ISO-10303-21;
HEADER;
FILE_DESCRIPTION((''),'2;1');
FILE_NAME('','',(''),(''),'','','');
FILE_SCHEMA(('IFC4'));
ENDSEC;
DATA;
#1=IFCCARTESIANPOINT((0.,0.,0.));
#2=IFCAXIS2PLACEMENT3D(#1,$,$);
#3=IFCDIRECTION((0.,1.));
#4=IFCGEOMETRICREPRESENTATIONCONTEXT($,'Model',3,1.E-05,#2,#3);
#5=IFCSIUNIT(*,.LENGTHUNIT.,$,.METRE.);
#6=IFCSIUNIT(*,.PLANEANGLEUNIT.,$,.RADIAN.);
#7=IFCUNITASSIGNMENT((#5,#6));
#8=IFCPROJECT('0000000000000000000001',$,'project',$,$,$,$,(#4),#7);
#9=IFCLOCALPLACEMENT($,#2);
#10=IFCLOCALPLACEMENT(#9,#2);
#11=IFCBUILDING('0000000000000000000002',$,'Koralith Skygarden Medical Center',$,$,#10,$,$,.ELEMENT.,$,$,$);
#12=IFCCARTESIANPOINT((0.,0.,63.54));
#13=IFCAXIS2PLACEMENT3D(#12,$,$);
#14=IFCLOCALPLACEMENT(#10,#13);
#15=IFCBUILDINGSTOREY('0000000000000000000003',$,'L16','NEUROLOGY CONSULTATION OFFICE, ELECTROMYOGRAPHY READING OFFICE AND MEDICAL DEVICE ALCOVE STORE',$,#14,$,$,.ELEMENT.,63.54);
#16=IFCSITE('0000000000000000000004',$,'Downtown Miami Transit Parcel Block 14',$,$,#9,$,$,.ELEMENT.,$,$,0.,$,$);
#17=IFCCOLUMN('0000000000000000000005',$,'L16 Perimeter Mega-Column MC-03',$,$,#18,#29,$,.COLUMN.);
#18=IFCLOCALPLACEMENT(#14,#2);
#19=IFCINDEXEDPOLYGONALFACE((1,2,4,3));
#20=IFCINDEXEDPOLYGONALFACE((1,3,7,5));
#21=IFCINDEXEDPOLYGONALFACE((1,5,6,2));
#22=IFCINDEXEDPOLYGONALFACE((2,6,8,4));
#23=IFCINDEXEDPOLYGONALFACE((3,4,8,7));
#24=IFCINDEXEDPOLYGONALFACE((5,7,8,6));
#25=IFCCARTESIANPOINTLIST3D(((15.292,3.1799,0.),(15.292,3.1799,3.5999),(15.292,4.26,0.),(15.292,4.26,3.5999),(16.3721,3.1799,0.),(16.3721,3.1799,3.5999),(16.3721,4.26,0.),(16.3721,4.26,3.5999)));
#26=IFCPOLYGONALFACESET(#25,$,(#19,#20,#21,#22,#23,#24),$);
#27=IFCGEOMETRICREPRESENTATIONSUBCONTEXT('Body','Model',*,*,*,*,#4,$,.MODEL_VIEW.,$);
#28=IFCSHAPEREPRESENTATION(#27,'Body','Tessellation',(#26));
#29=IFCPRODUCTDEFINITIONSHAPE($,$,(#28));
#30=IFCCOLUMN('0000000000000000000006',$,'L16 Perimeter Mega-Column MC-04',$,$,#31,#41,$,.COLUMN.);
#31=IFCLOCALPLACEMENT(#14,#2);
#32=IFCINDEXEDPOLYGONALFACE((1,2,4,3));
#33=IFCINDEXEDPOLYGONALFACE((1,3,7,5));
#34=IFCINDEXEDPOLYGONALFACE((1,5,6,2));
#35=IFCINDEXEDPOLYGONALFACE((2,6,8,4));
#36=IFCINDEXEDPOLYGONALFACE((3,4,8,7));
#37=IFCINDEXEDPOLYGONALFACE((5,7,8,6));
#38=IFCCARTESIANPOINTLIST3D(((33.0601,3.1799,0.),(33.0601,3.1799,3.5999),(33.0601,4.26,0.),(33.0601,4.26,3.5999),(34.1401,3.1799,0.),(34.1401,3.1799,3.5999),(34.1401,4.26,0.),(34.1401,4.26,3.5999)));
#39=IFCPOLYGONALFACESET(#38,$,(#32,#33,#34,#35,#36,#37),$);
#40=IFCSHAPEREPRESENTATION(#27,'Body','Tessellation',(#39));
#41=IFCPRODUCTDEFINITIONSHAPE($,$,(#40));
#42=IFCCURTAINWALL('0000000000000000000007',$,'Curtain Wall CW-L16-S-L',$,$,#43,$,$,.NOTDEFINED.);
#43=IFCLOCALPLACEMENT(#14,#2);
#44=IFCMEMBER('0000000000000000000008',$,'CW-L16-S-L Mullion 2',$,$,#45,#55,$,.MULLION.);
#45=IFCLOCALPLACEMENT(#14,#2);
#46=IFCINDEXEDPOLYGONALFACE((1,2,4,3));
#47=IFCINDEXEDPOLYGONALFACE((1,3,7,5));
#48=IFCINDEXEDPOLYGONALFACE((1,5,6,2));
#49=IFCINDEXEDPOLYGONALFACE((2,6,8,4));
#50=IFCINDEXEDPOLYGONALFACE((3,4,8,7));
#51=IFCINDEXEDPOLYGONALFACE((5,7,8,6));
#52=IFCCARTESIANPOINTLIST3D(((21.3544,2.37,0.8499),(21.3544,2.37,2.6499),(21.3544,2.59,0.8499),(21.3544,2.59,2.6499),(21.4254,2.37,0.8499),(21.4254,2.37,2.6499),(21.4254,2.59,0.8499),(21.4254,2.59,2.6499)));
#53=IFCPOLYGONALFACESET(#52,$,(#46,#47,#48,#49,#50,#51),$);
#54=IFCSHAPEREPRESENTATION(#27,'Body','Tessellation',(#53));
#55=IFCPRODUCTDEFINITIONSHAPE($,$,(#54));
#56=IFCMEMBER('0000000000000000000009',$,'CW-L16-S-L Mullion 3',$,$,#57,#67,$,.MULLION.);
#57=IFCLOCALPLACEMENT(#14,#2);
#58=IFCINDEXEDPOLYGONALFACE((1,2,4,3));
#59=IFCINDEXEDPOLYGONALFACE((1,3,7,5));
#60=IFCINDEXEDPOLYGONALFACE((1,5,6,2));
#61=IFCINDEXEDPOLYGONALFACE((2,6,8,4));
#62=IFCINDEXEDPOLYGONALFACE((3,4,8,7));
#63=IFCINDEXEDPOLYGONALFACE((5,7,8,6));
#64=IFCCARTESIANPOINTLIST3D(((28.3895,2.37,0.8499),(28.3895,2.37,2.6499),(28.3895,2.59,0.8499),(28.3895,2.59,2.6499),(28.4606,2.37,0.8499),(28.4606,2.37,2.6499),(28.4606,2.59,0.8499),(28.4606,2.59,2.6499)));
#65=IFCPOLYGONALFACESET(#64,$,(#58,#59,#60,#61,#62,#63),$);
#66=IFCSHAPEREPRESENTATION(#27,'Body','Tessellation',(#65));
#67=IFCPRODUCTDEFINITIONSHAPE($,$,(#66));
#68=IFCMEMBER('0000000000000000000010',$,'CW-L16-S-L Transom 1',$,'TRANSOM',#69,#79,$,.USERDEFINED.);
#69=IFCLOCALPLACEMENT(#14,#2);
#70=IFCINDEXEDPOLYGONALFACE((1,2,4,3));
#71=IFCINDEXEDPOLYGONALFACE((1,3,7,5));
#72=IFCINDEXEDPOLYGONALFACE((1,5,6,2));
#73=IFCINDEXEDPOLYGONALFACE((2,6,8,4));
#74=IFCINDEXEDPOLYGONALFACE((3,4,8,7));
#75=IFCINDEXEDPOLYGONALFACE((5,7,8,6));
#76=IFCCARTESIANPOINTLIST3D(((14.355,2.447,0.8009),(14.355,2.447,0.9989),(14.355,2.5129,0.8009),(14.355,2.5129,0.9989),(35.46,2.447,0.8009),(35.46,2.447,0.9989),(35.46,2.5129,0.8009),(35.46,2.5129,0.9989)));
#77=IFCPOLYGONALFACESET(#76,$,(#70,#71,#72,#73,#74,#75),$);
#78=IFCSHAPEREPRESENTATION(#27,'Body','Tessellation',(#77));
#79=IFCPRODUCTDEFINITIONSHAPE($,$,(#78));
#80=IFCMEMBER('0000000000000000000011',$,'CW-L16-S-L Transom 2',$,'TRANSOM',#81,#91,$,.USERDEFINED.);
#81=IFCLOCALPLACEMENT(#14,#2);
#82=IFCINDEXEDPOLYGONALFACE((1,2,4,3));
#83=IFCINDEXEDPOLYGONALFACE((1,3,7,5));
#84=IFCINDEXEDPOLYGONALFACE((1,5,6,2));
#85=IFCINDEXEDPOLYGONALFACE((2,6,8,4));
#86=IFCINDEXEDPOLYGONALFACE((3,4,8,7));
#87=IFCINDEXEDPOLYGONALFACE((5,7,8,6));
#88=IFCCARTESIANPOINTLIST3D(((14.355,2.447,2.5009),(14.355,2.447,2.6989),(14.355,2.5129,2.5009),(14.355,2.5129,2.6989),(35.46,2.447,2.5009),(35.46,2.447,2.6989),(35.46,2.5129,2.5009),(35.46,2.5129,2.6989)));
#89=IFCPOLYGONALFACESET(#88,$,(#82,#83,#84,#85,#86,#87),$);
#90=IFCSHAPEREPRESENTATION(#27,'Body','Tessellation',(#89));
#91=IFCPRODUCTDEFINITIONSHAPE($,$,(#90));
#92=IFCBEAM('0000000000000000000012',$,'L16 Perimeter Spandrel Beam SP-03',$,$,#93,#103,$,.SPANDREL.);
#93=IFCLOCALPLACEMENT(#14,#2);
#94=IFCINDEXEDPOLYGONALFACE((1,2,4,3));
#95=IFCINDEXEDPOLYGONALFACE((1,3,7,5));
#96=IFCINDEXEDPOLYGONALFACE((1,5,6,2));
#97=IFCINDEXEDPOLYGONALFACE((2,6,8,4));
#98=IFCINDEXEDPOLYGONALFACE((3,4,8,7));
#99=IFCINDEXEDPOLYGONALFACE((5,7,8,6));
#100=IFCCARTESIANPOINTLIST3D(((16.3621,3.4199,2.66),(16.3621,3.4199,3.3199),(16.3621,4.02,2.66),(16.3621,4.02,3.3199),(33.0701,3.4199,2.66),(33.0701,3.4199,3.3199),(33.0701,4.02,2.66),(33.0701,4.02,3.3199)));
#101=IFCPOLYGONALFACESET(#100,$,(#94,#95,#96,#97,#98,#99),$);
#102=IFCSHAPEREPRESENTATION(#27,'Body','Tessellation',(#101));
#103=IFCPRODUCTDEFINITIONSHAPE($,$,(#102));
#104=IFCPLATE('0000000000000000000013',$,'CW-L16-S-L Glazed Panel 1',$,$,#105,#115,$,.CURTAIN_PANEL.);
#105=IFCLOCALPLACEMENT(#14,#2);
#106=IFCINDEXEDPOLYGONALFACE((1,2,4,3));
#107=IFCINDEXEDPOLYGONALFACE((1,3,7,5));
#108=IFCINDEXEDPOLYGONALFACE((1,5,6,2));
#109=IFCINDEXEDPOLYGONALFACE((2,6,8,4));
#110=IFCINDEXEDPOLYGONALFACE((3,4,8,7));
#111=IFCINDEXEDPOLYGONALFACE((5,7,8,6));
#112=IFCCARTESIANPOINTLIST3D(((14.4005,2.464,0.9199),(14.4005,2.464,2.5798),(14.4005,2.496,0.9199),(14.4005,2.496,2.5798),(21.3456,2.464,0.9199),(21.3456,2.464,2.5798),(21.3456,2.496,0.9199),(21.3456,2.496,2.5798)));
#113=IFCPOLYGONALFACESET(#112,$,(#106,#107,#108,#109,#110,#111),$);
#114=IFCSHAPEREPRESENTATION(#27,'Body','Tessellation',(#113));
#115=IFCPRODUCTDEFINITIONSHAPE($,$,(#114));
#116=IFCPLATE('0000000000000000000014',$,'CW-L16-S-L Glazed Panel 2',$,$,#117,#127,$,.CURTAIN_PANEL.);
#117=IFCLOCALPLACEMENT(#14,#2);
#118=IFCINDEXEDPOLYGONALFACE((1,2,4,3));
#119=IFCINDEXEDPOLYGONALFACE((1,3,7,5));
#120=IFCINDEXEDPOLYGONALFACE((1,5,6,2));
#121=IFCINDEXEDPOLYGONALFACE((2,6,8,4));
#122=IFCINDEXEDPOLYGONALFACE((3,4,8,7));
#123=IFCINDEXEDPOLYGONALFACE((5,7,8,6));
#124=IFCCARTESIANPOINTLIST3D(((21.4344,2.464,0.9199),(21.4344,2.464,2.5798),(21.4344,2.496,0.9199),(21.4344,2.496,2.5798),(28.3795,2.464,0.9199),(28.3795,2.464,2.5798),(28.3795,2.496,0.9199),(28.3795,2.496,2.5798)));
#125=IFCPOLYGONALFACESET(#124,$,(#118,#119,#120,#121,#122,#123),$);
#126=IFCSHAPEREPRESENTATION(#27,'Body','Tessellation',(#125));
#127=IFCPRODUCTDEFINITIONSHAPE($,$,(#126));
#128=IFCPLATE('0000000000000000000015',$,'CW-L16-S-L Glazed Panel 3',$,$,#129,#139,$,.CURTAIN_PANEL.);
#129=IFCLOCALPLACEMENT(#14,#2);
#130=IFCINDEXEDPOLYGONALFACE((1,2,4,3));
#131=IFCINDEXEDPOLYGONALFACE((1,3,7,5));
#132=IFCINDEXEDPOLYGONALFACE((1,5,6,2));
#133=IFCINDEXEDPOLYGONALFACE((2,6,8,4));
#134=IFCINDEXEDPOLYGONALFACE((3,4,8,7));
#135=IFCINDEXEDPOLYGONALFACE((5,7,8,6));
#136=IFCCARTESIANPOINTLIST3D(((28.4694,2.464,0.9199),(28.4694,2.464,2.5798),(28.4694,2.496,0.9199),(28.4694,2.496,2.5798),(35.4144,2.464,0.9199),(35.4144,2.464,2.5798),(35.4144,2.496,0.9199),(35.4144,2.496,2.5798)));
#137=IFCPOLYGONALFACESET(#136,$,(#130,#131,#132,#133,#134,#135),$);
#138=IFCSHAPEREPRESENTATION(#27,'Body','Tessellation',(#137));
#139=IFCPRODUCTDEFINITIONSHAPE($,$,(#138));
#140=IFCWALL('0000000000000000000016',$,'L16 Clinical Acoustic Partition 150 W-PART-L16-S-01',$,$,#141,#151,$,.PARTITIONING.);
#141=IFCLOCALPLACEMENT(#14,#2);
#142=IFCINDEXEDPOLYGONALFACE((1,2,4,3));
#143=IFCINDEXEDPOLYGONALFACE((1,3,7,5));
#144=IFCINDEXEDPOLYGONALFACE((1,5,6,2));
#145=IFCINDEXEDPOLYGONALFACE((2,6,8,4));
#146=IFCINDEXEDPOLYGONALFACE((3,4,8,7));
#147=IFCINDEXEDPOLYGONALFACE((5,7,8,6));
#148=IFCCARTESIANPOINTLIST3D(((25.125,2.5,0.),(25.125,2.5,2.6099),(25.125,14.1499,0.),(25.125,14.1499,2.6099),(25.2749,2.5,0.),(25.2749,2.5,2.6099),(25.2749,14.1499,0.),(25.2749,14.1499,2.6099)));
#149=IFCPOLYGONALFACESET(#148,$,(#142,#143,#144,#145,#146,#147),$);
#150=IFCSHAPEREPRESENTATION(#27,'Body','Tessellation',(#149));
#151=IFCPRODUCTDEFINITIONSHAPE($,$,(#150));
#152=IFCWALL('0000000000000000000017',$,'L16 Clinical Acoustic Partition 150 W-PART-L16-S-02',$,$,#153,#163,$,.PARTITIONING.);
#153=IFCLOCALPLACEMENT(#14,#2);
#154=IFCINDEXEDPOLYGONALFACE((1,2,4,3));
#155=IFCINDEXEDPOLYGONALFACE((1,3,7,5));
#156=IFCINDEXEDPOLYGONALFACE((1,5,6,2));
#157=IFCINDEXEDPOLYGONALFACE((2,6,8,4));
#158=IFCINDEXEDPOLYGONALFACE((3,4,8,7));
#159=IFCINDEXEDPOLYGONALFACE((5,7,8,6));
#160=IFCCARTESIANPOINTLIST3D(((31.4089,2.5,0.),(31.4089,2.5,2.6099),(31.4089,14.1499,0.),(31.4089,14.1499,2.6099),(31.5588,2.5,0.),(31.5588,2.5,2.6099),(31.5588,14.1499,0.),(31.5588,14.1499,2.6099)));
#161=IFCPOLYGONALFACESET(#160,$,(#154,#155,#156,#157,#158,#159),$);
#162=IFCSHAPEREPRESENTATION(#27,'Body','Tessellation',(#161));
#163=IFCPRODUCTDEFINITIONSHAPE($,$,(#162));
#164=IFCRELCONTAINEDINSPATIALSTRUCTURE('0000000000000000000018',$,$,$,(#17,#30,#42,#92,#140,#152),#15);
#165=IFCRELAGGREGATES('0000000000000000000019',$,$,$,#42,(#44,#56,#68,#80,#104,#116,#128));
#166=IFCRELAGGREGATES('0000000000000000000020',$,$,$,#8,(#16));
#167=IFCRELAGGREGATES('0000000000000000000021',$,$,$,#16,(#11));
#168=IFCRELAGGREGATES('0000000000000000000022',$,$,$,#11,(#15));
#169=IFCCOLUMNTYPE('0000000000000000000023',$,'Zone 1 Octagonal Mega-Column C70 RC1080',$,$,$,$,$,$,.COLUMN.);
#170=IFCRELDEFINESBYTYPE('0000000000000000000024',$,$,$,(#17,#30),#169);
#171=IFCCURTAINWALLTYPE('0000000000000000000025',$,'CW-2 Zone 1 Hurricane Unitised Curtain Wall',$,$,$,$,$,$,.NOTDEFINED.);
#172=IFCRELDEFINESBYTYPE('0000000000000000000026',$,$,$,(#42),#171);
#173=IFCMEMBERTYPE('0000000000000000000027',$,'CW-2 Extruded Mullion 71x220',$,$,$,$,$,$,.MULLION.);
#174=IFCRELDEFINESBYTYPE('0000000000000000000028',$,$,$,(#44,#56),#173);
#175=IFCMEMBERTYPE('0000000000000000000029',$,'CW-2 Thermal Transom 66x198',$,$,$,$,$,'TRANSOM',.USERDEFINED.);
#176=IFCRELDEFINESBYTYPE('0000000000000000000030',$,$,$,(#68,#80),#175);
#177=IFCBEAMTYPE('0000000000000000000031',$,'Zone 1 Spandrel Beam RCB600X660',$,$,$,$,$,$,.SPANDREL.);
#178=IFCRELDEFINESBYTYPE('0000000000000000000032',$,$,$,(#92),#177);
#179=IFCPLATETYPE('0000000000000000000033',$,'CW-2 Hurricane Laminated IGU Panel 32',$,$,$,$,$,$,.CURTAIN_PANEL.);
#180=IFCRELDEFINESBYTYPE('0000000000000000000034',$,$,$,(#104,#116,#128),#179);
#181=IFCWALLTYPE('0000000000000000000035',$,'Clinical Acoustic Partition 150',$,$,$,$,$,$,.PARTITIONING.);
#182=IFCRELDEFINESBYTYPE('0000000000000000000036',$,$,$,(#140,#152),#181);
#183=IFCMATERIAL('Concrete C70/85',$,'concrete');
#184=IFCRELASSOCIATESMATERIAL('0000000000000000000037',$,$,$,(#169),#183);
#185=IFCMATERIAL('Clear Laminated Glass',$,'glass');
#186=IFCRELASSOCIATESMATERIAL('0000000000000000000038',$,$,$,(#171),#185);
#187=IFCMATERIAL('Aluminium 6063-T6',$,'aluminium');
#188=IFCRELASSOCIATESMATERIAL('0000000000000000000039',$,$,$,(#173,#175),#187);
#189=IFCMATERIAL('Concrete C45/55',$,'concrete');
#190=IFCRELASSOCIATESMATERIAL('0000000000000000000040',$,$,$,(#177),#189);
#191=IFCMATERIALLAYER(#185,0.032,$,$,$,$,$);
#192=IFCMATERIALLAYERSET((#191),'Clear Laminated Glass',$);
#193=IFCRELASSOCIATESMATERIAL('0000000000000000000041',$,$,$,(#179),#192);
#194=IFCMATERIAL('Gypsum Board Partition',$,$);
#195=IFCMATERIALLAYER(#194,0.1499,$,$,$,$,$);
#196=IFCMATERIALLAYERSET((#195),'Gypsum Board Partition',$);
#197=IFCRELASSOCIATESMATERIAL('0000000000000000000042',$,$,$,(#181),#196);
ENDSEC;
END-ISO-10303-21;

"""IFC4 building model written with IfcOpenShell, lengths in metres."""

from ifc_helpers import new_model, si_unit, direction, frame, frame_2d, origin, origin_2d, place, context, subcontext, project, spatial, rectangle, extrude, material, layer, layer_set, material_profile, profile_set, type_object, element, aggregate, save


model = new_model("IFC4")

# Units and contexts
model_context = context("Model", 3, precision=1e-05, world=origin(), true_north=direction((0.0, 1.0)))
body_context = subcontext(model_context, "Body", "Model", "MODEL_VIEW")
ifc_project = project(units=[si_unit("LENGTHUNIT", "METRE"), si_unit("PLANEANGLEUNIT", "RADIAN")], contexts=[model_context])

# Site, building, storey
site_placement = place(None, origin())
site = spatial("IfcSite", under=ifc_project, at=site_placement, Name="Downtown Miami Transit Parcel Block 14", CompositionType="ELEMENT", RefElevation=0.0)
building_placement = place(site_placement, origin())
building = spatial("IfcBuilding", under=site, at=building_placement, Name="Koralith Skygarden Medical Center", CompositionType="ELEMENT")
storey_placement = place(building_placement, frame((0.0, 0.0, 63.54)))
storey = spatial("IfcBuildingStorey", under=building, at=storey_placement, Name="L16", Description="NEUROLOGY CONSULTATION OFFICE, ELECTROMYOGRAPHY READING OFFICE AND MEDICAL DEVICE ALCOVE STORE", CompositionType="ELEMENT", Elevation=63.54)

# Columns
ifc_material_1 = material(Name="Concrete C70/85", Category="concrete")
ifc_material_profile_1 = material_profile(ifc_material_1, rectangle(XDim=1.0801, YDim=1.0801, at=origin_2d()), Name="RC1080X1080")
ifc_profile_set_1 = profile_set([ifc_material_profile_1], Name="Concrete C70/85")
column_type = type_object("IfcColumnType", Name="Zone 1 Octagonal Mega-Column C70 RC1080", PredefinedType="COLUMN", material=ifc_profile_set_1)
for number, where, z_axis, x_axis, name in (
    (1, (15.832, 3.72, 0.0), (0.0, 0.0, 1.0), (1.0, 0.0, 0.0), "L16 Perimeter Mega-Column MC-03"),
    (2, (33.6001, 3.72, 0.0), (0.0, 0.0, 1.0), (1.0, 0.0, 0.0), "L16 Perimeter Mega-Column MC-04"),
):
    element("IfcColumn", number, at=place(storey_placement, frame(where, z_axis=z_axis, x_axis=x_axis)), inside=storey, type_object=column_type, Name=name, PredefinedType="COLUMN", context=body_context, shape_type="SweptSolid", body=[
        extrude(rectangle(XDim=1.0801, YDim=1.0801, at=origin_2d()), origin(), (0.0, 0.0, 1.0), 3.5999),
    ])

# Curtain wall, members
ifc_material_2 = material(Name="Clear Laminated Glass", Category="glass")
curtain_wall_type = type_object("IfcCurtainWallType", Name="CW-2 Zone 1 Hurricane Unitised Curtain Wall", PredefinedType="NOTDEFINED", material=ifc_material_2)
curtain_wall_placement = place(storey_placement, origin())
curtain_wall = element("IfcCurtainWall", 3, at=curtain_wall_placement, inside=storey, type_object=curtain_wall_type, Name="Curtain Wall CW-L16-S-L", PredefinedType="NOTDEFINED")
ifc_material_3 = material(Name="Aluminium 6063-T6", Category="aluminium")
ifc_material_profile_2 = material_profile(ifc_material_3, rectangle(XDim=0.071, YDim=0.22, at=origin_2d()), Name="MUL71X220")
ifc_profile_set_2 = profile_set([ifc_material_profile_2], Name="Aluminium 6063-T6")
member_type_1 = type_object("IfcMemberType", Name="CW-2 Extruded Mullion 71x220", PredefinedType="MULLION", material=ifc_profile_set_2)
member_1_placement = place(storey_placement, frame((21.3899, 2.48, 0.8499), z_axis=(0.0, 0.0, 1.0), x_axis=(1.0, 0.0, 0.0)))
member_1 = element("IfcMember", 4, at=member_1_placement, type_object=member_type_1, Name="CW-L16-S-L Mullion 2", PredefinedType="MULLION", context=body_context, shape_type="SweptSolid", body=[
    extrude(rectangle(XDim=0.071, YDim=0.22, at=origin_2d()), origin(), (0.0, 0.0, 1.0), 1.8),
])
member_2_placement = place(storey_placement, frame((28.425, 2.48, 0.8499), z_axis=(0.0, 0.0, 1.0), x_axis=(1.0, 0.0, 0.0)))
member_2 = element("IfcMember", 5, at=member_2_placement, type_object=member_type_1, Name="CW-L16-S-L Mullion 3", PredefinedType="MULLION", context=body_context, shape_type="SweptSolid", body=[
    extrude(rectangle(XDim=0.071, YDim=0.22, at=origin_2d()), origin(), (0.0, 0.0, 1.0), 1.8),
])
ifc_material_profile_3 = material_profile(ifc_material_3, rectangle(XDim=0.0659, YDim=0.198, at=origin_2d()), Name="TRN66X198")
ifc_profile_set_3 = profile_set([ifc_material_profile_3], Name="Aluminium 6063-T6")
member_type_2 = type_object("IfcMemberType", Name="CW-2 Thermal Transom 66x198", ElementType="TRANSOM", PredefinedType="USERDEFINED", material=ifc_profile_set_3)
member_3_placement = place(storey_placement, frame((14.355, 2.48, 0.8999), z_axis=(1.0, 0.0, 0.0), x_axis=(0.0, 1.0, 0.0)))
member_3 = element("IfcMember", 6, at=member_3_placement, type_object=member_type_2, Name="CW-L16-S-L Transom 1", ObjectType="TRANSOM", PredefinedType="USERDEFINED", context=body_context, shape_type="SweptSolid", body=[
    extrude(rectangle(XDim=0.0659, YDim=0.198, at=origin_2d()), origin(), (0.0, 0.0, 1.0), 21.105),
])
member_4_placement = place(storey_placement, frame((14.355, 2.48, 2.5999), z_axis=(1.0, 0.0, 0.0), x_axis=(0.0, 1.0, 0.0)))
member_4 = element("IfcMember", 7, at=member_4_placement, type_object=member_type_2, Name="CW-L16-S-L Transom 2", ObjectType="TRANSOM", PredefinedType="USERDEFINED", context=body_context, shape_type="SweptSolid", body=[
    extrude(rectangle(XDim=0.0659, YDim=0.198, at=origin_2d()), origin(), (0.0, 0.0, 1.0), 21.105),
])

# Beam
ifc_material_4 = material(Name="Concrete C45/55", Category="concrete")
ifc_material_profile_4 = material_profile(ifc_material_4, rectangle(XDim=0.6001, YDim=0.6599, at=origin_2d()), Name="RCB600X660")
ifc_profile_set_4 = profile_set([ifc_material_profile_4], Name="Concrete C45/55")
beam_type = type_object("IfcBeamType", Name="Zone 1 Spandrel Beam RCB600X660", PredefinedType="SPANDREL", material=ifc_profile_set_4)
beam_placement = place(storey_placement, frame((16.3621, 3.72, 2.99), z_axis=(1.0, 0.0, 0.0), x_axis=(0.0, 1.0, 0.0)))
element("IfcBeam", 8, at=beam_placement, inside=storey, type_object=beam_type, Name="L16 Perimeter Spandrel Beam SP-03", PredefinedType="SPANDREL", context=body_context, shape_type="SweptSolid", body=[
    extrude(rectangle(XDim=0.6001, YDim=0.6599, at=origin_2d()), origin(), (0.0, 0.0, 1.0), 16.708),
])

# Plates
ifc_layer_1 = layer(ifc_material_2, 0.032)
ifc_layer_set_1 = layer_set([ifc_layer_1], Name="Clear Laminated Glass")
plate_type = type_object("IfcPlateType", Name="CW-2 Hurricane Laminated IGU Panel 32", PredefinedType="CURTAIN_PANEL", material=ifc_layer_set_1)
plate_1_placement = place(storey_placement, frame((17.873, 2.48, 0.9199), z_axis=(0.0, 0.0, 1.0), x_axis=(1.0, 0.0, 0.0)))
plate_1 = element("IfcPlate", 9, at=plate_1_placement, type_object=plate_type, Name="CW-L16-S-L Glazed Panel 1", PredefinedType="CURTAIN_PANEL", context=body_context, shape_type="SweptSolid", body=[
    extrude(rectangle(XDim=6.9451, YDim=0.032, at=origin_2d()), origin(), (0.0, 0.0, 1.0), 1.6599),
])
plate_2_placement = place(storey_placement, frame((24.907, 2.48, 0.9199), z_axis=(0.0, 0.0, 1.0), x_axis=(1.0, 0.0, 0.0)))
plate_2 = element("IfcPlate", 10, at=plate_2_placement, type_object=plate_type, Name="CW-L16-S-L Glazed Panel 2", PredefinedType="CURTAIN_PANEL", context=body_context, shape_type="SweptSolid", body=[
    extrude(rectangle(XDim=6.9451, YDim=0.032, at=origin_2d()), origin(), (0.0, 0.0, 1.0), 1.6599),
])
plate_3_placement = place(storey_placement, frame((31.9419, 2.48, 0.9199), z_axis=(0.0, 0.0, 1.0), x_axis=(1.0, 0.0, 0.0)))
plate_3 = element("IfcPlate", 11, at=plate_3_placement, type_object=plate_type, Name="CW-L16-S-L Glazed Panel 3", PredefinedType="CURTAIN_PANEL", context=body_context, shape_type="SweptSolid", body=[
    extrude(rectangle(XDim=6.9451, YDim=0.032, at=origin_2d()), origin(), (0.0, 0.0, 1.0), 1.6599),
])
aggregate(curtain_wall, [member_1, member_2, member_3, member_4, plate_1, plate_2, plate_3])

# Walls
ifc_material_5 = material(Name="Gypsum Board Partition")
ifc_layer_2 = layer(ifc_material_5, 0.1499)
ifc_layer_set_2 = layer_set([ifc_layer_2], Name="Gypsum Board Partition")
wall_type_1 = type_object("IfcWallType", Name="Clinical Acoustic Partition 150", PredefinedType="PARTITIONING", material=ifc_layer_set_2)
for number, where, z_axis, x_axis, name in (
    (12, (25.2, 14.1499, 0.0), (0.0, 0.0, 1.0), (0.0, -1.0, 0.0), "L16 Clinical Acoustic Partition 150 W-PART-L16-S-01"),
    (13, (31.4839, 14.1499, 0.0), (0.0, 0.0, 1.0), (0.0, -1.0, 0.0), "L16 Clinical Acoustic Partition 150 W-PART-L16-S-02"),
):
    element("IfcWall", number, at=place(storey_placement, frame(where, z_axis=z_axis, x_axis=x_axis)), inside=storey, type_object=wall_type_1, Name=name, PredefinedType="PARTITIONING", context=body_context, shape_type="SweptSolid", body=[
        extrude(rectangle(XDim=11.6499, YDim=0.1499, at=frame_2d((5.825, 0.0))), origin(), (0.0, 0.0, 1.0), 2.6099),
    ])

save(model, "model.ifc")
